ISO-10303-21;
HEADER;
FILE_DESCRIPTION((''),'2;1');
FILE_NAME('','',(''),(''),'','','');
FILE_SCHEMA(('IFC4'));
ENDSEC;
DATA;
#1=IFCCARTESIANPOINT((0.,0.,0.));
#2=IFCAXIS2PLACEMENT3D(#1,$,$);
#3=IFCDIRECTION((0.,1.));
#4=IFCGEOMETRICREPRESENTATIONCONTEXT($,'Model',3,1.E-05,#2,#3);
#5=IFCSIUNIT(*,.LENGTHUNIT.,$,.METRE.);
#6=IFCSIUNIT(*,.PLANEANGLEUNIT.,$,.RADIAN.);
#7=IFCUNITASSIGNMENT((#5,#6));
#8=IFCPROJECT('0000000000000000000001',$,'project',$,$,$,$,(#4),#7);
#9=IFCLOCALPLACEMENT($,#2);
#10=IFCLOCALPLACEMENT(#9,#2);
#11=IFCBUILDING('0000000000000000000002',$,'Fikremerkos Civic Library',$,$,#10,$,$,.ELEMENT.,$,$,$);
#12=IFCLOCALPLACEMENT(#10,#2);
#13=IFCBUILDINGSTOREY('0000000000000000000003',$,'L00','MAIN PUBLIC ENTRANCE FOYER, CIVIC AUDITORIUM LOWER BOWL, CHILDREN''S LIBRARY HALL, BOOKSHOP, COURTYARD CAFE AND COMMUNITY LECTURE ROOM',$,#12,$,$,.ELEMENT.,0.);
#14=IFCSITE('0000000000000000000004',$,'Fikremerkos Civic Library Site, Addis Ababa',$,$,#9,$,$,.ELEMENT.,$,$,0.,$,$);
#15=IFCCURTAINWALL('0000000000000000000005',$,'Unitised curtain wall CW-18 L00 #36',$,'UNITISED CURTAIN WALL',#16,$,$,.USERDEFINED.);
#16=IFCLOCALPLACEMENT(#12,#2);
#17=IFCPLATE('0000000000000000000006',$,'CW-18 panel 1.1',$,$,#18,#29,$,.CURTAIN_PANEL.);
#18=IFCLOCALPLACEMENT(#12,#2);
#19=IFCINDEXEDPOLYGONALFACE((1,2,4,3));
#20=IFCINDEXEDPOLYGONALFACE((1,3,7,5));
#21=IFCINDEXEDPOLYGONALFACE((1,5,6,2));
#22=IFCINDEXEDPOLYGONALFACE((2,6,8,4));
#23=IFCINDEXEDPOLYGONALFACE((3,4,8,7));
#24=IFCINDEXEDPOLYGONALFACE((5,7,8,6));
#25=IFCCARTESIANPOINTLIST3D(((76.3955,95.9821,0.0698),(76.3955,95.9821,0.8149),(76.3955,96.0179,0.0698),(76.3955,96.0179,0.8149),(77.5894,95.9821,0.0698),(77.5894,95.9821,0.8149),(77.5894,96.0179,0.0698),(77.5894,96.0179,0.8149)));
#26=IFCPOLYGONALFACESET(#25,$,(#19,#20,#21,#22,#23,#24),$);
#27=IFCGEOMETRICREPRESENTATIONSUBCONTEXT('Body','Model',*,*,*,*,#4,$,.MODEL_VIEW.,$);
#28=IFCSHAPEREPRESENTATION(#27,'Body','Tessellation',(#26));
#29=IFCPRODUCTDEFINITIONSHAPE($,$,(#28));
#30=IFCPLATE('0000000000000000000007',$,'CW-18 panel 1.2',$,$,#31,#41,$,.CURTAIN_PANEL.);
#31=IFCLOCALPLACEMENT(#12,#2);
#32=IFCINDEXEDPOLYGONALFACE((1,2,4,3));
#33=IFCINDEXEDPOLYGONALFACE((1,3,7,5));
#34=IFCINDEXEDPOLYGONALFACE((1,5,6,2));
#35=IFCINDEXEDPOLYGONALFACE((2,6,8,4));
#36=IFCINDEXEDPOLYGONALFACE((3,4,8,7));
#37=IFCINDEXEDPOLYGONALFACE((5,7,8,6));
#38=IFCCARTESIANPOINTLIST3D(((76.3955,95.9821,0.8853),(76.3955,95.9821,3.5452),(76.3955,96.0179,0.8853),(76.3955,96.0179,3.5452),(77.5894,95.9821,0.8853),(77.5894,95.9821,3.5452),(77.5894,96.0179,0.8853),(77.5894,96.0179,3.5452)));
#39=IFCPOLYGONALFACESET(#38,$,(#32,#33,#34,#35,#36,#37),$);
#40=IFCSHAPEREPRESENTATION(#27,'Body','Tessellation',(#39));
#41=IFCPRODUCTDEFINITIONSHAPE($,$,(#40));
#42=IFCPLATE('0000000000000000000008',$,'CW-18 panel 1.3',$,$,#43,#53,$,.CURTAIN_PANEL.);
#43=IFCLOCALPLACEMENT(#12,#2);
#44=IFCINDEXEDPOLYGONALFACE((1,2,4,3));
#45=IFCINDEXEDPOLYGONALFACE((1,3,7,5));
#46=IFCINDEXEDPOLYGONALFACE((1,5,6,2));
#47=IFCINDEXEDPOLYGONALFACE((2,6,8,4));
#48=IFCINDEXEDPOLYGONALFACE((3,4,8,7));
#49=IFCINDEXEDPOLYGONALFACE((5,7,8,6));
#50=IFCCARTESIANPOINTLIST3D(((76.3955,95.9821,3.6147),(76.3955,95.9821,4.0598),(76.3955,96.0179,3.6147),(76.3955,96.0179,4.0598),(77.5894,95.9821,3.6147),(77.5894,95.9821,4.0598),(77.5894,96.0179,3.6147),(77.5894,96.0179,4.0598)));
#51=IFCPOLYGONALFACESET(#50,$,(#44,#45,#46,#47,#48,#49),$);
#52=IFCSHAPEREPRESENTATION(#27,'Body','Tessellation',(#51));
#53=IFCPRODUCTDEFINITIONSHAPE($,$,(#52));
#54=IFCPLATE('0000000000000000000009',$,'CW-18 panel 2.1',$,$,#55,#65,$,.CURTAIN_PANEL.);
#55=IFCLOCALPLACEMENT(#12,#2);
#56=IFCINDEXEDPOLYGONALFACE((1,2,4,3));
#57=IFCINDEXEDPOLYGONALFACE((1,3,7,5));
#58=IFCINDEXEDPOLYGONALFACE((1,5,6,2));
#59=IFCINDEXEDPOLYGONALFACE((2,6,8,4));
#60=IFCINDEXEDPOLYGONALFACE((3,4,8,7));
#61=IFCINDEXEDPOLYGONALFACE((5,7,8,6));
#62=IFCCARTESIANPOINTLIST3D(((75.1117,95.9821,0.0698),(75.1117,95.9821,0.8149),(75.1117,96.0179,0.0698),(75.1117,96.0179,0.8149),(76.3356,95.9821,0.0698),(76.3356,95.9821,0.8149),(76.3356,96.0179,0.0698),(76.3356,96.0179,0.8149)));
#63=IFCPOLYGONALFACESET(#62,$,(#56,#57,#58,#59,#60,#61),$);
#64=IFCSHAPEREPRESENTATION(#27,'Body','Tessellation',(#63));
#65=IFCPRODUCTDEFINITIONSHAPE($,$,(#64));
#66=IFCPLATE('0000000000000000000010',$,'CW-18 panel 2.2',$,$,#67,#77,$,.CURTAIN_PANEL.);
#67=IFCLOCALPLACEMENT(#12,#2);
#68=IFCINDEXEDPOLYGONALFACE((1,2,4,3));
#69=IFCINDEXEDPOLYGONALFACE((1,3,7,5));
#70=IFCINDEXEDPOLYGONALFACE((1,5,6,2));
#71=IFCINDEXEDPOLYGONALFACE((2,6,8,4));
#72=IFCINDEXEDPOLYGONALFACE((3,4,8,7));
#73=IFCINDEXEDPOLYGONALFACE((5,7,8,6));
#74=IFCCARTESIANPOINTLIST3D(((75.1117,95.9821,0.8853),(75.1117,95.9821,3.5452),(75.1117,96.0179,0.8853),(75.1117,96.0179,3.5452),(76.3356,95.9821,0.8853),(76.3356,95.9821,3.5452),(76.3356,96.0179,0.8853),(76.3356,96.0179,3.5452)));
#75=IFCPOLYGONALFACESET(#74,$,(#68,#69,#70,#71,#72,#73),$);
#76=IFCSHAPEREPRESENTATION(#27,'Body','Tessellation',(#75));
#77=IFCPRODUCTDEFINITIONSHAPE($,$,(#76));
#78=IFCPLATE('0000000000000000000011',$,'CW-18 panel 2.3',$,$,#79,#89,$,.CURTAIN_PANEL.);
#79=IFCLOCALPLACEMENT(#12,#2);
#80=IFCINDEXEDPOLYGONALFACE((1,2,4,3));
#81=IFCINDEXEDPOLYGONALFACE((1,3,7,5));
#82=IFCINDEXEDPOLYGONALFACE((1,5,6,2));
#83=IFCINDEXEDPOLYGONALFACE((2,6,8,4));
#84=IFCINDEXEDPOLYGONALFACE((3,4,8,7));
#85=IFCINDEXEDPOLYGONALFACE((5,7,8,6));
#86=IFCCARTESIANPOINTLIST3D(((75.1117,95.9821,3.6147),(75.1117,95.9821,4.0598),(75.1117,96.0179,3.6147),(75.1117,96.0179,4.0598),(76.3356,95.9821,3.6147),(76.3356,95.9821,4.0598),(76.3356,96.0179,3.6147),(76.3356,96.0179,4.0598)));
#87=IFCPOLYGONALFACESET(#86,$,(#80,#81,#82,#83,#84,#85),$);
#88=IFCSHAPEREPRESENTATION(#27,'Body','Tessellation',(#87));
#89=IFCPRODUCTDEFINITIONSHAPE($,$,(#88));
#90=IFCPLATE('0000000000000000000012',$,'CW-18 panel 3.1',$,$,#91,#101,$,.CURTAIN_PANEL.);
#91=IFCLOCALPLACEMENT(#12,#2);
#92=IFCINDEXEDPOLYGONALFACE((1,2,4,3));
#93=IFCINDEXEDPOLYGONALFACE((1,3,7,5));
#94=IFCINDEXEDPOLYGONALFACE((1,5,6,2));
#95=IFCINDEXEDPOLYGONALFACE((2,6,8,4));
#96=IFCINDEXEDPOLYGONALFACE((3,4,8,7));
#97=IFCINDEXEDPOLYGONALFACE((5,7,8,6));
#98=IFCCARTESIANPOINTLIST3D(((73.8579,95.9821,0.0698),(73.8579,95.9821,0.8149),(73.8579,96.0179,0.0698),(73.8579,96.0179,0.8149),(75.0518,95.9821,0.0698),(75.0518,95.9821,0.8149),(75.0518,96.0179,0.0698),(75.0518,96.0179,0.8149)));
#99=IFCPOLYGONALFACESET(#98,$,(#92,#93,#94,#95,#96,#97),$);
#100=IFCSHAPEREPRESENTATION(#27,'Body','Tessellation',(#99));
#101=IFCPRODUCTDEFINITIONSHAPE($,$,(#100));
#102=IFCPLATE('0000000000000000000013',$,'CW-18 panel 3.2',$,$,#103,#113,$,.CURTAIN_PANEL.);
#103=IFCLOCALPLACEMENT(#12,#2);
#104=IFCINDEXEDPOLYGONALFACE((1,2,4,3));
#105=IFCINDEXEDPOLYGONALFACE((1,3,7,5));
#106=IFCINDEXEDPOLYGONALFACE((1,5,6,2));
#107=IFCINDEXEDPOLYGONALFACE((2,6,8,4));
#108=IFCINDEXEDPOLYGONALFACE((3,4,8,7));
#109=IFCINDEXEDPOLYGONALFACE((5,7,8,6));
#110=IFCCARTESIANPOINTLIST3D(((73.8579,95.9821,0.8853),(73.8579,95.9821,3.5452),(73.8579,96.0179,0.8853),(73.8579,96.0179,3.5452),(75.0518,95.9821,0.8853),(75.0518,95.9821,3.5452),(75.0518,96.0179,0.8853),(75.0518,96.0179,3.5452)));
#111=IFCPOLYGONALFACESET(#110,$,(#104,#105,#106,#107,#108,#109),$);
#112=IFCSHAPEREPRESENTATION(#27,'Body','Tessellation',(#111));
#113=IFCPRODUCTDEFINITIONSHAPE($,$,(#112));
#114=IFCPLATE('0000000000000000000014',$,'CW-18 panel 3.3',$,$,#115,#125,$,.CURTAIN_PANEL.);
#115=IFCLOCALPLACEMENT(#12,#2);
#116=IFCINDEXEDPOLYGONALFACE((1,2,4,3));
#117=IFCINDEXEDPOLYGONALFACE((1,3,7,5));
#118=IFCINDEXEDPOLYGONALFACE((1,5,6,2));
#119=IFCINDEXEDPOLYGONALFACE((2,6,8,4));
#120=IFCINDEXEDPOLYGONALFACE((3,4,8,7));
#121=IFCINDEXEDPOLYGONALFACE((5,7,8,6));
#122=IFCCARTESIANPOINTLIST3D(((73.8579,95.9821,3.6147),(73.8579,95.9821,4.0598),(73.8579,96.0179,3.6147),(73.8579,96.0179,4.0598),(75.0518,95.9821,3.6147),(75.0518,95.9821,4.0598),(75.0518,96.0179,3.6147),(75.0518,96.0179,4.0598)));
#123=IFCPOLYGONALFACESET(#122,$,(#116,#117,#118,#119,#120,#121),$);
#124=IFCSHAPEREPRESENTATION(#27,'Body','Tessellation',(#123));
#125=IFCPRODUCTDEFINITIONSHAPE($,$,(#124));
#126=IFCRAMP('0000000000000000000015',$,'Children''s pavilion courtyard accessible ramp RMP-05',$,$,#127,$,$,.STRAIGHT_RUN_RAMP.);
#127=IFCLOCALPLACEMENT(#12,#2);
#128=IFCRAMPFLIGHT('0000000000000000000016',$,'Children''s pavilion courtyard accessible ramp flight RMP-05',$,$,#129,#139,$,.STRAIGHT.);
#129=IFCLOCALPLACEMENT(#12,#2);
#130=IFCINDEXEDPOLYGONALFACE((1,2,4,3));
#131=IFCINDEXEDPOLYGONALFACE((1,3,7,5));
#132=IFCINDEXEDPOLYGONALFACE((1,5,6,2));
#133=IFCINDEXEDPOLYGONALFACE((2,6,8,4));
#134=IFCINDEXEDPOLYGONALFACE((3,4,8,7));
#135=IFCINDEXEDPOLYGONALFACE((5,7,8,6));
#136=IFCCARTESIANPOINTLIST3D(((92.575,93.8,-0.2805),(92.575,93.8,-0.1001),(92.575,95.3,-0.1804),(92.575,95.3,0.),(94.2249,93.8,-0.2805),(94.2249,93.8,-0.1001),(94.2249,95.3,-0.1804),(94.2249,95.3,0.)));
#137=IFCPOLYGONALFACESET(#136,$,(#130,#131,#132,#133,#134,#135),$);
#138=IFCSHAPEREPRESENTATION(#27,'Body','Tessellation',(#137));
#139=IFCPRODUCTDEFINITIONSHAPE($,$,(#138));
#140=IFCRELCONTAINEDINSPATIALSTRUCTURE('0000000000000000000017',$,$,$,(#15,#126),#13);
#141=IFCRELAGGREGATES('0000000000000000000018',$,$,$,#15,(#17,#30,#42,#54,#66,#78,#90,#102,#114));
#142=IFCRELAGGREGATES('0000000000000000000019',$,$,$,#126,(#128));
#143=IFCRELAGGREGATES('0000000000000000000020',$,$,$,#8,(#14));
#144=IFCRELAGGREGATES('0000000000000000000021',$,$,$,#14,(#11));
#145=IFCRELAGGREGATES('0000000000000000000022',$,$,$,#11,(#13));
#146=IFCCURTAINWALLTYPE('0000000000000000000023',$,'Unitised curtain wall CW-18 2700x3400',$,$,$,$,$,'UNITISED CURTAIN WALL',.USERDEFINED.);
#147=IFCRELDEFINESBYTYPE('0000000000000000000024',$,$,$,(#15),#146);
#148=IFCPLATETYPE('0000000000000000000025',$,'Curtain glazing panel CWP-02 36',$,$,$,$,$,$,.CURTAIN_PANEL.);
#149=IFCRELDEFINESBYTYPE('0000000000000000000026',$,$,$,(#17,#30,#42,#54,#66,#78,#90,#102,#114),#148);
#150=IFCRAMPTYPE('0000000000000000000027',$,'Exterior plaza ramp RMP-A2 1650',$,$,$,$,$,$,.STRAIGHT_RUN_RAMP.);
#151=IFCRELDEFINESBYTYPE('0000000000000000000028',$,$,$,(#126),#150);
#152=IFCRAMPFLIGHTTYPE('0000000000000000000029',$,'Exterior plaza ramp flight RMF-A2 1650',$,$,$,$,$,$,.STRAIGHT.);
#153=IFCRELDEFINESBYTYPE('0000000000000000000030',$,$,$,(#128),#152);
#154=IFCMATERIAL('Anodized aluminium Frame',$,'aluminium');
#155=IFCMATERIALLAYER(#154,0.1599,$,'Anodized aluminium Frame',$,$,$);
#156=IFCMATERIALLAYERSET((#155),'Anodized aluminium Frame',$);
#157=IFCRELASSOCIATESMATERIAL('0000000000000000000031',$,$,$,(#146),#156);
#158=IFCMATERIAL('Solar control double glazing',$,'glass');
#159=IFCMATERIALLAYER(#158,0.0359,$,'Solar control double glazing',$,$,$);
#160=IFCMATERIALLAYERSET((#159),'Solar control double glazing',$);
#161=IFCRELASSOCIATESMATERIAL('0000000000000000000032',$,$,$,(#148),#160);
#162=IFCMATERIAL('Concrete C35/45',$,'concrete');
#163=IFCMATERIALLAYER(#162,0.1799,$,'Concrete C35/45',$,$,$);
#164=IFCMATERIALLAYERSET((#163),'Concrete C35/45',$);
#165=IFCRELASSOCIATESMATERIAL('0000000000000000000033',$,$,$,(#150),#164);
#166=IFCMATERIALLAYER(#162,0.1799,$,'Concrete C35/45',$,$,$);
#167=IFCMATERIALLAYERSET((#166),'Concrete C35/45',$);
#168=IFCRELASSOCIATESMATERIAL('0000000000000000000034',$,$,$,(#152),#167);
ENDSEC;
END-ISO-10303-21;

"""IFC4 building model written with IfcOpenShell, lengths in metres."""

from ifc_helpers import new_model, si_unit, direction, frame, origin, origin_2d, place, context, subcontext, project, spatial, polyline, rectangle, outline, extrude, material, layer, layer_set, type_object, element, aggregate, save


model = new_model("IFC4")

# Units and contexts
model_context = context("Model", 3, precision=1e-05, world=origin(), true_north=direction((0.0, 1.0)))
body_context = subcontext(model_context, "Body", "Model", "MODEL_VIEW")
ifc_project = project(units=[si_unit("LENGTHUNIT", "METRE"), si_unit("PLANEANGLEUNIT", "RADIAN")], contexts=[model_context])

# Site, building, storey
site_placement = place(None, origin())
site = spatial("IfcSite", under=ifc_project, at=site_placement, Name="Fikremerkos Civic Library Site, Addis Ababa", CompositionType="ELEMENT", RefElevation=0.0)
building_placement = place(site_placement, origin())
building = spatial("IfcBuilding", under=site, at=building_placement, Name="Fikremerkos Civic Library", CompositionType="ELEMENT")
storey_placement = place(building_placement, origin())
storey = spatial("IfcBuildingStorey", under=building, at=storey_placement, Name="L00", Description="MAIN PUBLIC ENTRANCE FOYER, CIVIC AUDITORIUM LOWER BOWL, CHILDREN'S LIBRARY HALL, BOOKSHOP, COURTYARD CAFE AND COMMUNITY LECTURE ROOM", CompositionType="ELEMENT", Elevation=0.0)

# Shared definitions
ifc_material_1 = material(Name="Concrete C35/45", Category="concrete")

# Curtain wall, plates
ifc_material_2 = material(Name="Anodized aluminium Frame", Category="aluminium")
ifc_layer_1 = layer(ifc_material_2, 0.1599, Name="Anodized aluminium Frame")
ifc_layer_set_1 = layer_set([ifc_layer_1], Name="Anodized aluminium Frame")
curtain_wall_type = type_object("IfcCurtainWallType", Name="Unitised curtain wall CW-18 2700x3400", ElementType="UNITISED CURTAIN WALL", PredefinedType="USERDEFINED", material=ifc_layer_set_1)
curtain_wall_placement = place(storey_placement, origin())
curtain_wall = element("IfcCurtainWall", 1, at=curtain_wall_placement, inside=storey, type_object=curtain_wall_type, Name="Unitised curtain wall CW-18 L00 #36", ObjectType="UNITISED CURTAIN WALL", PredefinedType="USERDEFINED")
ifc_material_3 = material(Name="Solar control double glazing", Category="glass")
ifc_layer_2 = layer(ifc_material_3, 0.0359, Name="Solar control double glazing")
ifc_layer_set_2 = layer_set([ifc_layer_2], Name="Solar control double glazing")
plate_type = type_object("IfcPlateType", Name="Curtain glazing panel CWP-02 36", PredefinedType="CURTAIN_PANEL", material=ifc_layer_set_2)
plate_1_placement = place(storey_placement, frame((76.9924, 96.0, 0.0698), z_axis=(0.0, 0.0, 1.0), x_axis=(-1.0, 0.0, 0.0)))
plate_1 = element("IfcPlate", 2, at=plate_1_placement, type_object=plate_type, Name="CW-18 panel 1.1", PredefinedType="CURTAIN_PANEL", context=body_context, shape_type="SweptSolid", body=[
    extrude(rectangle(XDim=1.1938, YDim=0.0359, at=origin_2d()), origin(), (0.0, 0.0, 1.0), 0.7451),
])
plate_2_placement = place(storey_placement, frame((76.9924, 96.0, 0.8853), z_axis=(0.0, 0.0, 1.0), x_axis=(-1.0, 0.0, 0.0)))
plate_2 = element("IfcPlate", 3, at=plate_2_placement, type_object=plate_type, Name="CW-18 panel 1.2", PredefinedType="CURTAIN_PANEL", context=body_context, shape_type="SweptSolid", body=[
    extrude(rectangle(XDim=1.1938, YDim=0.0359, at=origin_2d()), origin(), (0.0, 0.0, 1.0), 2.6599),
])
plate_3_placement = place(storey_placement, frame((76.9924, 96.0, 3.6147), z_axis=(0.0, 0.0, 1.0), x_axis=(-1.0, 0.0, 0.0)))
plate_3 = element("IfcPlate", 4, at=plate_3_placement, type_object=plate_type, Name="CW-18 panel 1.3", PredefinedType="CURTAIN_PANEL", context=body_context, shape_type="SweptSolid", body=[
    extrude(rectangle(XDim=1.1938, YDim=0.0359, at=origin_2d()), origin(), (0.0, 0.0, 1.0), 0.4451),
])
plate_4_placement = place(storey_placement, frame((75.7236, 96.0, 0.0698), z_axis=(0.0, 0.0, 1.0), x_axis=(-1.0, 0.0, 0.0)))
plate_4 = element("IfcPlate", 5, at=plate_4_placement, type_object=plate_type, Name="CW-18 panel 2.1", PredefinedType="CURTAIN_PANEL", context=body_context, shape_type="SweptSolid", body=[
    extrude(rectangle(XDim=1.2239, YDim=0.0359, at=origin_2d()), origin(), (0.0, 0.0, 1.0), 0.7451),
])
plate_5_placement = place(storey_placement, frame((75.7236, 96.0, 0.8853), z_axis=(0.0, 0.0, 1.0), x_axis=(-1.0, 0.0, 0.0)))
plate_5 = element("IfcPlate", 6, at=plate_5_placement, type_object=plate_type, Name="CW-18 panel 2.2", PredefinedType="CURTAIN_PANEL", context=body_context, shape_type="SweptSolid", body=[
    extrude(rectangle(XDim=1.2239, YDim=0.0359, at=origin_2d()), origin(), (0.0, 0.0, 1.0), 2.6599),
])
plate_6_placement = place(storey_placement, frame((75.7236, 96.0, 3.6147), z_axis=(0.0, 0.0, 1.0), x_axis=(-1.0, 0.0, 0.0)))
plate_6 = element("IfcPlate", 7, at=plate_6_placement, type_object=plate_type, Name="CW-18 panel 2.3", PredefinedType="CURTAIN_PANEL", context=body_context, shape_type="SweptSolid", body=[
    extrude(rectangle(XDim=1.2239, YDim=0.0359, at=origin_2d()), origin(), (0.0, 0.0, 1.0), 0.4451),
])
plate_7_placement = place(storey_placement, frame((74.4548, 96.0, 0.0698), z_axis=(0.0, 0.0, 1.0), x_axis=(-1.0, 0.0, 0.0)))
plate_7 = element("IfcPlate", 8, at=plate_7_placement, type_object=plate_type, Name="CW-18 panel 3.1", PredefinedType="CURTAIN_PANEL", context=body_context, shape_type="SweptSolid", body=[
    extrude(rectangle(XDim=1.1938, YDim=0.0359, at=origin_2d()), origin(), (0.0, 0.0, 1.0), 0.7451),
])
plate_8_placement = place(storey_placement, frame((74.4548, 96.0, 0.8853), z_axis=(0.0, 0.0, 1.0), x_axis=(-1.0, 0.0, 0.0)))
plate_8 = element("IfcPlate", 9, at=plate_8_placement, type_object=plate_type, Name="CW-18 panel 3.2", PredefinedType="CURTAIN_PANEL", context=body_context, shape_type="SweptSolid", body=[
    extrude(rectangle(XDim=1.1938, YDim=0.0359, at=origin_2d()), origin(), (0.0, 0.0, 1.0), 2.6599),
])
plate_9_placement = place(storey_placement, frame((74.4548, 96.0, 3.6147), z_axis=(0.0, 0.0, 1.0), x_axis=(-1.0, 0.0, 0.0)))
plate_9 = element("IfcPlate", 10, at=plate_9_placement, type_object=plate_type, Name="CW-18 panel 3.3", PredefinedType="CURTAIN_PANEL", context=body_context, shape_type="SweptSolid", body=[
    extrude(rectangle(XDim=1.1938, YDim=0.0359, at=origin_2d()), origin(), (0.0, 0.0, 1.0), 0.4451),
])
aggregate(curtain_wall, [plate_1, plate_2, plate_3, plate_4, plate_5, plate_6, plate_7, plate_8, plate_9])

# Ramp, ramp flight
ifc_layer_3 = layer(ifc_material_1, 0.1799, Name="Concrete C35/45")
ifc_layer_set_3 = layer_set([ifc_layer_3], Name="Concrete C35/45")
ramp_type = type_object("IfcRampType", Name="Exterior plaza ramp RMP-A2 1650", PredefinedType="STRAIGHT_RUN_RAMP", material=ifc_layer_set_3)
ramp_placement = place(storey_placement, origin())
ramp = element("IfcRamp", 11, at=ramp_placement, inside=storey, type_object=ramp_type, Name="Children's pavilion courtyard accessible ramp RMP-05", PredefinedType="STRAIGHT_RUN_RAMP")
ifc_layer_4 = layer(ifc_material_1, 0.1799, Name="Concrete C35/45")
ifc_layer_set_4 = layer_set([ifc_layer_4], Name="Concrete C35/45")
ramp_flight_type = type_object("IfcRampFlightType", Name="Exterior plaza ramp flight RMF-A2 1650", PredefinedType="STRAIGHT", material=ifc_layer_set_4)
ramp_flight_placement = place(storey_placement, frame((93.3999, 93.8, -0.1001), z_axis=(0.0, 0.0, 1.0), x_axis=(0.0, 1.0, 0.0)))
ramp_flight = element("IfcRampFlight", 12, at=ramp_flight_placement, type_object=ramp_flight_type, Name="Children's pavilion courtyard accessible ramp flight RMP-05", PredefinedType="STRAIGHT", context=body_context, shape_type="SweptSolid", body=[
    extrude(outline(polyline([(0.0, 0.0), (1.5, 0.1001), (1.5, -0.0803), (0.0, -0.1804), (0.0, 0.0)])), frame((0.0, 0.825, 0.0), z_axis=(0.0, -1.0, 0.0), x_axis=(1.0, 0.0, 0.0)), (0.0, 0.0, 1.0), 1.6499),
])
aggregate(ramp, [ramp_flight])

save(model, "model.ifc")
